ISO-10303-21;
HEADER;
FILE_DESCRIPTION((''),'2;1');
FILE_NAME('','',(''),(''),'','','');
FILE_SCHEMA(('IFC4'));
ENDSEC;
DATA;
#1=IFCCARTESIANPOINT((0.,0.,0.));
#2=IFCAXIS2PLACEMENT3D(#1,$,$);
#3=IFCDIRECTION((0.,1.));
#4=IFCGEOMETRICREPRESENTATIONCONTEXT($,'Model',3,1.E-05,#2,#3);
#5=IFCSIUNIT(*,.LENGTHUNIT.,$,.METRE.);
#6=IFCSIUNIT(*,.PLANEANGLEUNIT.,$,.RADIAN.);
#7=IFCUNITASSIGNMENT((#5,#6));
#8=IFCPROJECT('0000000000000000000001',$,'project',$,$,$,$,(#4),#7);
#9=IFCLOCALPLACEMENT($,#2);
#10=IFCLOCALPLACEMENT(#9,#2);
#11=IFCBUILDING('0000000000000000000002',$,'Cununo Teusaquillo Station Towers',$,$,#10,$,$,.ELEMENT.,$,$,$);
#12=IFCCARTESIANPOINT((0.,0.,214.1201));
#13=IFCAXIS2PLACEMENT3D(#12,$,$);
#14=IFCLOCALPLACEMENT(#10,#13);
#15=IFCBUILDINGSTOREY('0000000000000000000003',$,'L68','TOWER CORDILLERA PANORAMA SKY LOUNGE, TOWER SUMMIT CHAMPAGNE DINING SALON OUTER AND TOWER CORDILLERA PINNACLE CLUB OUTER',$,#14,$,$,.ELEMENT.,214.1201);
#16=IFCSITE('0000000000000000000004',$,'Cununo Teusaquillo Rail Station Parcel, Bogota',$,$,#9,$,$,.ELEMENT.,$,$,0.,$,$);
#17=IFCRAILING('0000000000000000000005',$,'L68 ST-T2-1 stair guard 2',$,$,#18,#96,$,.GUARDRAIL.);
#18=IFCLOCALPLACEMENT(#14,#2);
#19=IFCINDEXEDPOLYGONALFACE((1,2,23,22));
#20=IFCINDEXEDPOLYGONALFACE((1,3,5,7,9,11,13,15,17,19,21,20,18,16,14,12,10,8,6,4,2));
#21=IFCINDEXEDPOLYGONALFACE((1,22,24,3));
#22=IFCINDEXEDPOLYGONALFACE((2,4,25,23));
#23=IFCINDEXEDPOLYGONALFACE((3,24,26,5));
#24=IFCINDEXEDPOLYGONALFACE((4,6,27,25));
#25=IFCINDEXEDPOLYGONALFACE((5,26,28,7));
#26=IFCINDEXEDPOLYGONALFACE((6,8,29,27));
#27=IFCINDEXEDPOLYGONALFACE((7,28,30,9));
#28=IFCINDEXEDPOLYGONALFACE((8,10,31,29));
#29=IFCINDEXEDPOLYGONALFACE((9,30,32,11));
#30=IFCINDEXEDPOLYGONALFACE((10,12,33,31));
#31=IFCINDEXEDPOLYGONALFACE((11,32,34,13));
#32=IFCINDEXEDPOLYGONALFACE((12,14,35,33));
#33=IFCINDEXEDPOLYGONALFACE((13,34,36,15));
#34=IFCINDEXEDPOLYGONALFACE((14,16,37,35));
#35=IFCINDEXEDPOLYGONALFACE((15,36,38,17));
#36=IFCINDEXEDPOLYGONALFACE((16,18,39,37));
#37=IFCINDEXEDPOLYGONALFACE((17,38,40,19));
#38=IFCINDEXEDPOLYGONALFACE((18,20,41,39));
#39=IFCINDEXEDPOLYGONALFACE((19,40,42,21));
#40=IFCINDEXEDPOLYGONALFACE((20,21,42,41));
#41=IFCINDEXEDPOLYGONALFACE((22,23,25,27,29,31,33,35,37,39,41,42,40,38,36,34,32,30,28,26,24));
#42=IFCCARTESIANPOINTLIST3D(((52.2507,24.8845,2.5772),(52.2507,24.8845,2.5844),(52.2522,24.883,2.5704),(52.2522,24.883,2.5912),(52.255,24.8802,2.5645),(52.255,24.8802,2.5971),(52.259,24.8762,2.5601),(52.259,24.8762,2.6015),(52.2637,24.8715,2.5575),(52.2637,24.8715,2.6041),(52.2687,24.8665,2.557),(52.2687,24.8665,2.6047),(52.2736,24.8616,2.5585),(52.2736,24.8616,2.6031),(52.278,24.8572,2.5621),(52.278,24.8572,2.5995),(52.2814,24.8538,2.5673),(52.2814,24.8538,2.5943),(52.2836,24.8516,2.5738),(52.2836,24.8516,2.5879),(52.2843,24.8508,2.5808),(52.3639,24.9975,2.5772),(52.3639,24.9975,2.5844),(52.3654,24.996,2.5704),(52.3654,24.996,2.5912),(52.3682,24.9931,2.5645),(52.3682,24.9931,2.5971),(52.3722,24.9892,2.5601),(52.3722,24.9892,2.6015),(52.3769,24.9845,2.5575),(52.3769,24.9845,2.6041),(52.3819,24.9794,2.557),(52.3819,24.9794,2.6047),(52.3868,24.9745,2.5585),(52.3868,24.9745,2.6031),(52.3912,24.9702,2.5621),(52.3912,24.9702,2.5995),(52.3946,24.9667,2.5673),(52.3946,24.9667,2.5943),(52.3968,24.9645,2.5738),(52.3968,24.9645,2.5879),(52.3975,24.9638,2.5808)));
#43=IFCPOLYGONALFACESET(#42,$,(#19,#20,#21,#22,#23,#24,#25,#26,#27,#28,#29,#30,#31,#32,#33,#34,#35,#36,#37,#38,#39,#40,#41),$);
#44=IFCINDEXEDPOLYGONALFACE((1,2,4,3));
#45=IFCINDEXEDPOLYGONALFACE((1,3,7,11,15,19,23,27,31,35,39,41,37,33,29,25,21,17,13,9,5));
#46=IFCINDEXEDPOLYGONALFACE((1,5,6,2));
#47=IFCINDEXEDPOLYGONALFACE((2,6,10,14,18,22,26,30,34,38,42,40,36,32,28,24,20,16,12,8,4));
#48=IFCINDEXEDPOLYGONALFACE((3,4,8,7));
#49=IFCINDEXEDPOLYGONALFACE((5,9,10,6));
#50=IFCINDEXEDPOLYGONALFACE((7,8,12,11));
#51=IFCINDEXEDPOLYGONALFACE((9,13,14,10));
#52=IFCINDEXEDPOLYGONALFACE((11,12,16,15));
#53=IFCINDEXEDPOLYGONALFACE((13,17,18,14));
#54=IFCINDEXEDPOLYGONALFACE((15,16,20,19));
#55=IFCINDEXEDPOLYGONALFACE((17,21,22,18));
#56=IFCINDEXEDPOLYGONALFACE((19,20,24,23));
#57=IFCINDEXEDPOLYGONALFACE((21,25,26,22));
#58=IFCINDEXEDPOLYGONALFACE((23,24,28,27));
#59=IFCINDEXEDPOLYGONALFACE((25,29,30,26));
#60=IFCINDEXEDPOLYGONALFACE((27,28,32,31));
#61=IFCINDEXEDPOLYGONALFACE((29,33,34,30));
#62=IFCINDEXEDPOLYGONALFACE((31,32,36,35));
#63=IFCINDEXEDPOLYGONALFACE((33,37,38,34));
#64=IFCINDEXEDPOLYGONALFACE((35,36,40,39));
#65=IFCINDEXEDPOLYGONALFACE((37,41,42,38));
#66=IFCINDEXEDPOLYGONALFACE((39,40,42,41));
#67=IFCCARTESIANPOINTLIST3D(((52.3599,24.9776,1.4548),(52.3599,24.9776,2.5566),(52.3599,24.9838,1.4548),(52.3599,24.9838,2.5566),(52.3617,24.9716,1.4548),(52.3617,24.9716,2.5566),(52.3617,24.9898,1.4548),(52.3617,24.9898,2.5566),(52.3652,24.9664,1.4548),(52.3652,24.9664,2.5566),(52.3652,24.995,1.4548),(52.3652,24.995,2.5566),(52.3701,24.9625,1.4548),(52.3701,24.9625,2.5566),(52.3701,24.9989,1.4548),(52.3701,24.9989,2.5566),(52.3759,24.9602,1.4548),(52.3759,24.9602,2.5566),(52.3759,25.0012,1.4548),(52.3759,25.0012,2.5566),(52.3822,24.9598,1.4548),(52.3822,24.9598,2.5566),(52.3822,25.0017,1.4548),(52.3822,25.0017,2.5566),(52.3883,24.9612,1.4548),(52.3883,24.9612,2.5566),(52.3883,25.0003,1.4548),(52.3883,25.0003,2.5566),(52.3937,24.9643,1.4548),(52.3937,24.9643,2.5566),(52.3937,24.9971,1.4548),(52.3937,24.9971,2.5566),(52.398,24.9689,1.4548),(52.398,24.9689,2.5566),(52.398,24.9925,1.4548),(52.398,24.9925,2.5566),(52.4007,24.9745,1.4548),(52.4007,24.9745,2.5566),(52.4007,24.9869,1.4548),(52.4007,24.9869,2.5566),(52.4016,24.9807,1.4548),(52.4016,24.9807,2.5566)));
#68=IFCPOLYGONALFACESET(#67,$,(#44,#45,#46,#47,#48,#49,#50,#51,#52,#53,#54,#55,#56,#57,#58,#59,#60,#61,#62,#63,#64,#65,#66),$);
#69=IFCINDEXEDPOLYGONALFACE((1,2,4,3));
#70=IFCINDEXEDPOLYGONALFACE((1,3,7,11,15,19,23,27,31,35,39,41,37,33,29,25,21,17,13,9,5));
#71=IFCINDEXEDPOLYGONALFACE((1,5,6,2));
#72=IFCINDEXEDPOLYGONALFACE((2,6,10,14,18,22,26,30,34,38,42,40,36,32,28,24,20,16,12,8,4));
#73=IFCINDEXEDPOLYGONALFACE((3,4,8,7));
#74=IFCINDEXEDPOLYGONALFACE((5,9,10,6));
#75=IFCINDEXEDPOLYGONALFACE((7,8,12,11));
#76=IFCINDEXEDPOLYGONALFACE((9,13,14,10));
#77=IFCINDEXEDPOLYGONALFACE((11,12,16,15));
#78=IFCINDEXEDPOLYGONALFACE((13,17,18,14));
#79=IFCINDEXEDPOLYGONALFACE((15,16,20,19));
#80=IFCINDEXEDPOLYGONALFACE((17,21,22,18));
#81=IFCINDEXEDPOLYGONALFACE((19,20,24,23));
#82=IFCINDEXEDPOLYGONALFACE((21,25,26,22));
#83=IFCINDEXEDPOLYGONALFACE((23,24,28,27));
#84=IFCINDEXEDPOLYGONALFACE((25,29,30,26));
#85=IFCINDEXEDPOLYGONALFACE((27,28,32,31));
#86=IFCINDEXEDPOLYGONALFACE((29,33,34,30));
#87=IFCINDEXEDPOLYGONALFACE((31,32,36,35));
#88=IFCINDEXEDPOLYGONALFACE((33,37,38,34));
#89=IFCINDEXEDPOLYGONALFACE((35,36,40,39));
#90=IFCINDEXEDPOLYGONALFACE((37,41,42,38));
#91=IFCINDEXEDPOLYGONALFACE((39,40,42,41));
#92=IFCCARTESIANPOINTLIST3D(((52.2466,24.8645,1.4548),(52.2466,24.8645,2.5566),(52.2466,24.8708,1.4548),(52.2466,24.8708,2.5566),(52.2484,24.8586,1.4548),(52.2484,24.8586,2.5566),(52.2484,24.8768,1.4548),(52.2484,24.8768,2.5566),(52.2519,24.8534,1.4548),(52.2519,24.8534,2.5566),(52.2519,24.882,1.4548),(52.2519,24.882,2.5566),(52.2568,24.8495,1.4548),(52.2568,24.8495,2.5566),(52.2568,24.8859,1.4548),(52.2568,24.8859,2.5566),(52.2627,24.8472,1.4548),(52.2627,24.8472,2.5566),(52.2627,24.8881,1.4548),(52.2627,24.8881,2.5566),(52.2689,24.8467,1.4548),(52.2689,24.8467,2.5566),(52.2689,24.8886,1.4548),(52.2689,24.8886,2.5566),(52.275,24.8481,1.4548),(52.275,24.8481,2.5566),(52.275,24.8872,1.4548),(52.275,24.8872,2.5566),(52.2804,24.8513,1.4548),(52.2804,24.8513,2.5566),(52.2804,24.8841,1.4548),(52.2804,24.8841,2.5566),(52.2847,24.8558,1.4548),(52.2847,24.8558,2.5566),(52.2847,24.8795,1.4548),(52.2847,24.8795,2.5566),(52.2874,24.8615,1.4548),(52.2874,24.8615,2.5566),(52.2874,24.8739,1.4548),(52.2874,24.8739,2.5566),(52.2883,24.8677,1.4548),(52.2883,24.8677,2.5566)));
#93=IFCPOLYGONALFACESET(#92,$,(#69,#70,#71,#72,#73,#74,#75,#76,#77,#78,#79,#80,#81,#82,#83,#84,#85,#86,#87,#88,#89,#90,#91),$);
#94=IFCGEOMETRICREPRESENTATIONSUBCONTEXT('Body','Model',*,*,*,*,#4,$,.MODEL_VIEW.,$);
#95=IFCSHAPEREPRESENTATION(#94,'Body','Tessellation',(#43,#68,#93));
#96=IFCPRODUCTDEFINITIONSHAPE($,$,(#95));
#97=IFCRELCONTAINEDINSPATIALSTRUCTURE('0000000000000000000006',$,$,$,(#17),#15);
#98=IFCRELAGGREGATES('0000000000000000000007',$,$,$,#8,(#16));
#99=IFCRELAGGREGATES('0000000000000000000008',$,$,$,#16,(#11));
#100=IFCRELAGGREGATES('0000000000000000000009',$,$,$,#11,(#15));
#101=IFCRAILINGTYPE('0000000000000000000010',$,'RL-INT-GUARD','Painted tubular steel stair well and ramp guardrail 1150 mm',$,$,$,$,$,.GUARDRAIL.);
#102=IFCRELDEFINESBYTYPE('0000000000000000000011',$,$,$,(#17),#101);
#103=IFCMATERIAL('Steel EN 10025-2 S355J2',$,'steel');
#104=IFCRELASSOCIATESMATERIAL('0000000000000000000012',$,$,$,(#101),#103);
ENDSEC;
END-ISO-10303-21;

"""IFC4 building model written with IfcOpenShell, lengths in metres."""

from ifc_helpers import new_model, si_unit, direction, frame, origin, origin_2d, place, context, subcontext, project, spatial, circle, extrude, material, type_object, element, save


model = new_model("IFC4")

# Units and contexts
model_context = context("Model", 3, precision=1e-05, world=origin(), true_north=direction((0.0, 1.0)))
body_context = subcontext(model_context, "Body", "Model", "MODEL_VIEW")
ifc_project = project(units=[si_unit("LENGTHUNIT", "METRE"), si_unit("PLANEANGLEUNIT", "RADIAN")], contexts=[model_context])

# Site, building, storey
site_placement = place(None, origin())
site = spatial("IfcSite", under=ifc_project, at=site_placement, Name="Cununo Teusaquillo Rail Station Parcel, Bogota", CompositionType="ELEMENT", RefElevation=0.0)
building_placement = place(site_placement, origin())
building = spatial("IfcBuilding", under=site, at=building_placement, Name="Cununo Teusaquillo Station Towers", CompositionType="ELEMENT")
storey_placement = place(building_placement, frame((0.0, 0.0, 214.1201)))
storey = spatial("IfcBuildingStorey", under=building, at=storey_placement, Name="L68", Description="TOWER CORDILLERA PANORAMA SKY LOUNGE, TOWER SUMMIT CHAMPAGNE DINING SALON OUTER AND TOWER CORDILLERA PINNACLE CLUB OUTER", CompositionType="ELEMENT", Elevation=214.1201)

# Railing
ifc_material_1 = material(Name="Steel EN 10025-2 S355J2", Category="steel")
railing_type_1 = type_object("IfcRailingType", Name="RL-INT-GUARD", Description="Painted tubular steel stair well and ramp guardrail 1150 mm", PredefinedType="GUARDRAIL", material=ifc_material_1)
railing_1_placement = place(storey_placement, frame((52.3806, 24.9807, 1.4548)))
element("IfcRailing", 1, at=railing_1_placement, inside=storey, type_object=railing_type_1, Name="L68 ST-T2-1 stair guard 2", PredefinedType="GUARDRAIL", context=body_context, shape_type="SweptSolid", body=[
    extrude(circle(Radius=0.0239, at=origin_2d()), frame((0.0, 0.0, 1.126), z_axis=(-0.707869, -0.706344, 0.0), x_axis=(0.706344, -0.707869, 0.0)), (0.0, 0.0, 1.0), 0.1599),
    extrude(circle(Radius=0.021, at=origin_2d()), origin(), (0.0, 0.0, 1.0), 1.1018),
    extrude(circle(Radius=0.021, at=origin_2d()), frame((-0.1133, -0.113, 0.0)), (0.0, 0.0, 1.0), 1.1018),
])

save(model, "model.ifc")
